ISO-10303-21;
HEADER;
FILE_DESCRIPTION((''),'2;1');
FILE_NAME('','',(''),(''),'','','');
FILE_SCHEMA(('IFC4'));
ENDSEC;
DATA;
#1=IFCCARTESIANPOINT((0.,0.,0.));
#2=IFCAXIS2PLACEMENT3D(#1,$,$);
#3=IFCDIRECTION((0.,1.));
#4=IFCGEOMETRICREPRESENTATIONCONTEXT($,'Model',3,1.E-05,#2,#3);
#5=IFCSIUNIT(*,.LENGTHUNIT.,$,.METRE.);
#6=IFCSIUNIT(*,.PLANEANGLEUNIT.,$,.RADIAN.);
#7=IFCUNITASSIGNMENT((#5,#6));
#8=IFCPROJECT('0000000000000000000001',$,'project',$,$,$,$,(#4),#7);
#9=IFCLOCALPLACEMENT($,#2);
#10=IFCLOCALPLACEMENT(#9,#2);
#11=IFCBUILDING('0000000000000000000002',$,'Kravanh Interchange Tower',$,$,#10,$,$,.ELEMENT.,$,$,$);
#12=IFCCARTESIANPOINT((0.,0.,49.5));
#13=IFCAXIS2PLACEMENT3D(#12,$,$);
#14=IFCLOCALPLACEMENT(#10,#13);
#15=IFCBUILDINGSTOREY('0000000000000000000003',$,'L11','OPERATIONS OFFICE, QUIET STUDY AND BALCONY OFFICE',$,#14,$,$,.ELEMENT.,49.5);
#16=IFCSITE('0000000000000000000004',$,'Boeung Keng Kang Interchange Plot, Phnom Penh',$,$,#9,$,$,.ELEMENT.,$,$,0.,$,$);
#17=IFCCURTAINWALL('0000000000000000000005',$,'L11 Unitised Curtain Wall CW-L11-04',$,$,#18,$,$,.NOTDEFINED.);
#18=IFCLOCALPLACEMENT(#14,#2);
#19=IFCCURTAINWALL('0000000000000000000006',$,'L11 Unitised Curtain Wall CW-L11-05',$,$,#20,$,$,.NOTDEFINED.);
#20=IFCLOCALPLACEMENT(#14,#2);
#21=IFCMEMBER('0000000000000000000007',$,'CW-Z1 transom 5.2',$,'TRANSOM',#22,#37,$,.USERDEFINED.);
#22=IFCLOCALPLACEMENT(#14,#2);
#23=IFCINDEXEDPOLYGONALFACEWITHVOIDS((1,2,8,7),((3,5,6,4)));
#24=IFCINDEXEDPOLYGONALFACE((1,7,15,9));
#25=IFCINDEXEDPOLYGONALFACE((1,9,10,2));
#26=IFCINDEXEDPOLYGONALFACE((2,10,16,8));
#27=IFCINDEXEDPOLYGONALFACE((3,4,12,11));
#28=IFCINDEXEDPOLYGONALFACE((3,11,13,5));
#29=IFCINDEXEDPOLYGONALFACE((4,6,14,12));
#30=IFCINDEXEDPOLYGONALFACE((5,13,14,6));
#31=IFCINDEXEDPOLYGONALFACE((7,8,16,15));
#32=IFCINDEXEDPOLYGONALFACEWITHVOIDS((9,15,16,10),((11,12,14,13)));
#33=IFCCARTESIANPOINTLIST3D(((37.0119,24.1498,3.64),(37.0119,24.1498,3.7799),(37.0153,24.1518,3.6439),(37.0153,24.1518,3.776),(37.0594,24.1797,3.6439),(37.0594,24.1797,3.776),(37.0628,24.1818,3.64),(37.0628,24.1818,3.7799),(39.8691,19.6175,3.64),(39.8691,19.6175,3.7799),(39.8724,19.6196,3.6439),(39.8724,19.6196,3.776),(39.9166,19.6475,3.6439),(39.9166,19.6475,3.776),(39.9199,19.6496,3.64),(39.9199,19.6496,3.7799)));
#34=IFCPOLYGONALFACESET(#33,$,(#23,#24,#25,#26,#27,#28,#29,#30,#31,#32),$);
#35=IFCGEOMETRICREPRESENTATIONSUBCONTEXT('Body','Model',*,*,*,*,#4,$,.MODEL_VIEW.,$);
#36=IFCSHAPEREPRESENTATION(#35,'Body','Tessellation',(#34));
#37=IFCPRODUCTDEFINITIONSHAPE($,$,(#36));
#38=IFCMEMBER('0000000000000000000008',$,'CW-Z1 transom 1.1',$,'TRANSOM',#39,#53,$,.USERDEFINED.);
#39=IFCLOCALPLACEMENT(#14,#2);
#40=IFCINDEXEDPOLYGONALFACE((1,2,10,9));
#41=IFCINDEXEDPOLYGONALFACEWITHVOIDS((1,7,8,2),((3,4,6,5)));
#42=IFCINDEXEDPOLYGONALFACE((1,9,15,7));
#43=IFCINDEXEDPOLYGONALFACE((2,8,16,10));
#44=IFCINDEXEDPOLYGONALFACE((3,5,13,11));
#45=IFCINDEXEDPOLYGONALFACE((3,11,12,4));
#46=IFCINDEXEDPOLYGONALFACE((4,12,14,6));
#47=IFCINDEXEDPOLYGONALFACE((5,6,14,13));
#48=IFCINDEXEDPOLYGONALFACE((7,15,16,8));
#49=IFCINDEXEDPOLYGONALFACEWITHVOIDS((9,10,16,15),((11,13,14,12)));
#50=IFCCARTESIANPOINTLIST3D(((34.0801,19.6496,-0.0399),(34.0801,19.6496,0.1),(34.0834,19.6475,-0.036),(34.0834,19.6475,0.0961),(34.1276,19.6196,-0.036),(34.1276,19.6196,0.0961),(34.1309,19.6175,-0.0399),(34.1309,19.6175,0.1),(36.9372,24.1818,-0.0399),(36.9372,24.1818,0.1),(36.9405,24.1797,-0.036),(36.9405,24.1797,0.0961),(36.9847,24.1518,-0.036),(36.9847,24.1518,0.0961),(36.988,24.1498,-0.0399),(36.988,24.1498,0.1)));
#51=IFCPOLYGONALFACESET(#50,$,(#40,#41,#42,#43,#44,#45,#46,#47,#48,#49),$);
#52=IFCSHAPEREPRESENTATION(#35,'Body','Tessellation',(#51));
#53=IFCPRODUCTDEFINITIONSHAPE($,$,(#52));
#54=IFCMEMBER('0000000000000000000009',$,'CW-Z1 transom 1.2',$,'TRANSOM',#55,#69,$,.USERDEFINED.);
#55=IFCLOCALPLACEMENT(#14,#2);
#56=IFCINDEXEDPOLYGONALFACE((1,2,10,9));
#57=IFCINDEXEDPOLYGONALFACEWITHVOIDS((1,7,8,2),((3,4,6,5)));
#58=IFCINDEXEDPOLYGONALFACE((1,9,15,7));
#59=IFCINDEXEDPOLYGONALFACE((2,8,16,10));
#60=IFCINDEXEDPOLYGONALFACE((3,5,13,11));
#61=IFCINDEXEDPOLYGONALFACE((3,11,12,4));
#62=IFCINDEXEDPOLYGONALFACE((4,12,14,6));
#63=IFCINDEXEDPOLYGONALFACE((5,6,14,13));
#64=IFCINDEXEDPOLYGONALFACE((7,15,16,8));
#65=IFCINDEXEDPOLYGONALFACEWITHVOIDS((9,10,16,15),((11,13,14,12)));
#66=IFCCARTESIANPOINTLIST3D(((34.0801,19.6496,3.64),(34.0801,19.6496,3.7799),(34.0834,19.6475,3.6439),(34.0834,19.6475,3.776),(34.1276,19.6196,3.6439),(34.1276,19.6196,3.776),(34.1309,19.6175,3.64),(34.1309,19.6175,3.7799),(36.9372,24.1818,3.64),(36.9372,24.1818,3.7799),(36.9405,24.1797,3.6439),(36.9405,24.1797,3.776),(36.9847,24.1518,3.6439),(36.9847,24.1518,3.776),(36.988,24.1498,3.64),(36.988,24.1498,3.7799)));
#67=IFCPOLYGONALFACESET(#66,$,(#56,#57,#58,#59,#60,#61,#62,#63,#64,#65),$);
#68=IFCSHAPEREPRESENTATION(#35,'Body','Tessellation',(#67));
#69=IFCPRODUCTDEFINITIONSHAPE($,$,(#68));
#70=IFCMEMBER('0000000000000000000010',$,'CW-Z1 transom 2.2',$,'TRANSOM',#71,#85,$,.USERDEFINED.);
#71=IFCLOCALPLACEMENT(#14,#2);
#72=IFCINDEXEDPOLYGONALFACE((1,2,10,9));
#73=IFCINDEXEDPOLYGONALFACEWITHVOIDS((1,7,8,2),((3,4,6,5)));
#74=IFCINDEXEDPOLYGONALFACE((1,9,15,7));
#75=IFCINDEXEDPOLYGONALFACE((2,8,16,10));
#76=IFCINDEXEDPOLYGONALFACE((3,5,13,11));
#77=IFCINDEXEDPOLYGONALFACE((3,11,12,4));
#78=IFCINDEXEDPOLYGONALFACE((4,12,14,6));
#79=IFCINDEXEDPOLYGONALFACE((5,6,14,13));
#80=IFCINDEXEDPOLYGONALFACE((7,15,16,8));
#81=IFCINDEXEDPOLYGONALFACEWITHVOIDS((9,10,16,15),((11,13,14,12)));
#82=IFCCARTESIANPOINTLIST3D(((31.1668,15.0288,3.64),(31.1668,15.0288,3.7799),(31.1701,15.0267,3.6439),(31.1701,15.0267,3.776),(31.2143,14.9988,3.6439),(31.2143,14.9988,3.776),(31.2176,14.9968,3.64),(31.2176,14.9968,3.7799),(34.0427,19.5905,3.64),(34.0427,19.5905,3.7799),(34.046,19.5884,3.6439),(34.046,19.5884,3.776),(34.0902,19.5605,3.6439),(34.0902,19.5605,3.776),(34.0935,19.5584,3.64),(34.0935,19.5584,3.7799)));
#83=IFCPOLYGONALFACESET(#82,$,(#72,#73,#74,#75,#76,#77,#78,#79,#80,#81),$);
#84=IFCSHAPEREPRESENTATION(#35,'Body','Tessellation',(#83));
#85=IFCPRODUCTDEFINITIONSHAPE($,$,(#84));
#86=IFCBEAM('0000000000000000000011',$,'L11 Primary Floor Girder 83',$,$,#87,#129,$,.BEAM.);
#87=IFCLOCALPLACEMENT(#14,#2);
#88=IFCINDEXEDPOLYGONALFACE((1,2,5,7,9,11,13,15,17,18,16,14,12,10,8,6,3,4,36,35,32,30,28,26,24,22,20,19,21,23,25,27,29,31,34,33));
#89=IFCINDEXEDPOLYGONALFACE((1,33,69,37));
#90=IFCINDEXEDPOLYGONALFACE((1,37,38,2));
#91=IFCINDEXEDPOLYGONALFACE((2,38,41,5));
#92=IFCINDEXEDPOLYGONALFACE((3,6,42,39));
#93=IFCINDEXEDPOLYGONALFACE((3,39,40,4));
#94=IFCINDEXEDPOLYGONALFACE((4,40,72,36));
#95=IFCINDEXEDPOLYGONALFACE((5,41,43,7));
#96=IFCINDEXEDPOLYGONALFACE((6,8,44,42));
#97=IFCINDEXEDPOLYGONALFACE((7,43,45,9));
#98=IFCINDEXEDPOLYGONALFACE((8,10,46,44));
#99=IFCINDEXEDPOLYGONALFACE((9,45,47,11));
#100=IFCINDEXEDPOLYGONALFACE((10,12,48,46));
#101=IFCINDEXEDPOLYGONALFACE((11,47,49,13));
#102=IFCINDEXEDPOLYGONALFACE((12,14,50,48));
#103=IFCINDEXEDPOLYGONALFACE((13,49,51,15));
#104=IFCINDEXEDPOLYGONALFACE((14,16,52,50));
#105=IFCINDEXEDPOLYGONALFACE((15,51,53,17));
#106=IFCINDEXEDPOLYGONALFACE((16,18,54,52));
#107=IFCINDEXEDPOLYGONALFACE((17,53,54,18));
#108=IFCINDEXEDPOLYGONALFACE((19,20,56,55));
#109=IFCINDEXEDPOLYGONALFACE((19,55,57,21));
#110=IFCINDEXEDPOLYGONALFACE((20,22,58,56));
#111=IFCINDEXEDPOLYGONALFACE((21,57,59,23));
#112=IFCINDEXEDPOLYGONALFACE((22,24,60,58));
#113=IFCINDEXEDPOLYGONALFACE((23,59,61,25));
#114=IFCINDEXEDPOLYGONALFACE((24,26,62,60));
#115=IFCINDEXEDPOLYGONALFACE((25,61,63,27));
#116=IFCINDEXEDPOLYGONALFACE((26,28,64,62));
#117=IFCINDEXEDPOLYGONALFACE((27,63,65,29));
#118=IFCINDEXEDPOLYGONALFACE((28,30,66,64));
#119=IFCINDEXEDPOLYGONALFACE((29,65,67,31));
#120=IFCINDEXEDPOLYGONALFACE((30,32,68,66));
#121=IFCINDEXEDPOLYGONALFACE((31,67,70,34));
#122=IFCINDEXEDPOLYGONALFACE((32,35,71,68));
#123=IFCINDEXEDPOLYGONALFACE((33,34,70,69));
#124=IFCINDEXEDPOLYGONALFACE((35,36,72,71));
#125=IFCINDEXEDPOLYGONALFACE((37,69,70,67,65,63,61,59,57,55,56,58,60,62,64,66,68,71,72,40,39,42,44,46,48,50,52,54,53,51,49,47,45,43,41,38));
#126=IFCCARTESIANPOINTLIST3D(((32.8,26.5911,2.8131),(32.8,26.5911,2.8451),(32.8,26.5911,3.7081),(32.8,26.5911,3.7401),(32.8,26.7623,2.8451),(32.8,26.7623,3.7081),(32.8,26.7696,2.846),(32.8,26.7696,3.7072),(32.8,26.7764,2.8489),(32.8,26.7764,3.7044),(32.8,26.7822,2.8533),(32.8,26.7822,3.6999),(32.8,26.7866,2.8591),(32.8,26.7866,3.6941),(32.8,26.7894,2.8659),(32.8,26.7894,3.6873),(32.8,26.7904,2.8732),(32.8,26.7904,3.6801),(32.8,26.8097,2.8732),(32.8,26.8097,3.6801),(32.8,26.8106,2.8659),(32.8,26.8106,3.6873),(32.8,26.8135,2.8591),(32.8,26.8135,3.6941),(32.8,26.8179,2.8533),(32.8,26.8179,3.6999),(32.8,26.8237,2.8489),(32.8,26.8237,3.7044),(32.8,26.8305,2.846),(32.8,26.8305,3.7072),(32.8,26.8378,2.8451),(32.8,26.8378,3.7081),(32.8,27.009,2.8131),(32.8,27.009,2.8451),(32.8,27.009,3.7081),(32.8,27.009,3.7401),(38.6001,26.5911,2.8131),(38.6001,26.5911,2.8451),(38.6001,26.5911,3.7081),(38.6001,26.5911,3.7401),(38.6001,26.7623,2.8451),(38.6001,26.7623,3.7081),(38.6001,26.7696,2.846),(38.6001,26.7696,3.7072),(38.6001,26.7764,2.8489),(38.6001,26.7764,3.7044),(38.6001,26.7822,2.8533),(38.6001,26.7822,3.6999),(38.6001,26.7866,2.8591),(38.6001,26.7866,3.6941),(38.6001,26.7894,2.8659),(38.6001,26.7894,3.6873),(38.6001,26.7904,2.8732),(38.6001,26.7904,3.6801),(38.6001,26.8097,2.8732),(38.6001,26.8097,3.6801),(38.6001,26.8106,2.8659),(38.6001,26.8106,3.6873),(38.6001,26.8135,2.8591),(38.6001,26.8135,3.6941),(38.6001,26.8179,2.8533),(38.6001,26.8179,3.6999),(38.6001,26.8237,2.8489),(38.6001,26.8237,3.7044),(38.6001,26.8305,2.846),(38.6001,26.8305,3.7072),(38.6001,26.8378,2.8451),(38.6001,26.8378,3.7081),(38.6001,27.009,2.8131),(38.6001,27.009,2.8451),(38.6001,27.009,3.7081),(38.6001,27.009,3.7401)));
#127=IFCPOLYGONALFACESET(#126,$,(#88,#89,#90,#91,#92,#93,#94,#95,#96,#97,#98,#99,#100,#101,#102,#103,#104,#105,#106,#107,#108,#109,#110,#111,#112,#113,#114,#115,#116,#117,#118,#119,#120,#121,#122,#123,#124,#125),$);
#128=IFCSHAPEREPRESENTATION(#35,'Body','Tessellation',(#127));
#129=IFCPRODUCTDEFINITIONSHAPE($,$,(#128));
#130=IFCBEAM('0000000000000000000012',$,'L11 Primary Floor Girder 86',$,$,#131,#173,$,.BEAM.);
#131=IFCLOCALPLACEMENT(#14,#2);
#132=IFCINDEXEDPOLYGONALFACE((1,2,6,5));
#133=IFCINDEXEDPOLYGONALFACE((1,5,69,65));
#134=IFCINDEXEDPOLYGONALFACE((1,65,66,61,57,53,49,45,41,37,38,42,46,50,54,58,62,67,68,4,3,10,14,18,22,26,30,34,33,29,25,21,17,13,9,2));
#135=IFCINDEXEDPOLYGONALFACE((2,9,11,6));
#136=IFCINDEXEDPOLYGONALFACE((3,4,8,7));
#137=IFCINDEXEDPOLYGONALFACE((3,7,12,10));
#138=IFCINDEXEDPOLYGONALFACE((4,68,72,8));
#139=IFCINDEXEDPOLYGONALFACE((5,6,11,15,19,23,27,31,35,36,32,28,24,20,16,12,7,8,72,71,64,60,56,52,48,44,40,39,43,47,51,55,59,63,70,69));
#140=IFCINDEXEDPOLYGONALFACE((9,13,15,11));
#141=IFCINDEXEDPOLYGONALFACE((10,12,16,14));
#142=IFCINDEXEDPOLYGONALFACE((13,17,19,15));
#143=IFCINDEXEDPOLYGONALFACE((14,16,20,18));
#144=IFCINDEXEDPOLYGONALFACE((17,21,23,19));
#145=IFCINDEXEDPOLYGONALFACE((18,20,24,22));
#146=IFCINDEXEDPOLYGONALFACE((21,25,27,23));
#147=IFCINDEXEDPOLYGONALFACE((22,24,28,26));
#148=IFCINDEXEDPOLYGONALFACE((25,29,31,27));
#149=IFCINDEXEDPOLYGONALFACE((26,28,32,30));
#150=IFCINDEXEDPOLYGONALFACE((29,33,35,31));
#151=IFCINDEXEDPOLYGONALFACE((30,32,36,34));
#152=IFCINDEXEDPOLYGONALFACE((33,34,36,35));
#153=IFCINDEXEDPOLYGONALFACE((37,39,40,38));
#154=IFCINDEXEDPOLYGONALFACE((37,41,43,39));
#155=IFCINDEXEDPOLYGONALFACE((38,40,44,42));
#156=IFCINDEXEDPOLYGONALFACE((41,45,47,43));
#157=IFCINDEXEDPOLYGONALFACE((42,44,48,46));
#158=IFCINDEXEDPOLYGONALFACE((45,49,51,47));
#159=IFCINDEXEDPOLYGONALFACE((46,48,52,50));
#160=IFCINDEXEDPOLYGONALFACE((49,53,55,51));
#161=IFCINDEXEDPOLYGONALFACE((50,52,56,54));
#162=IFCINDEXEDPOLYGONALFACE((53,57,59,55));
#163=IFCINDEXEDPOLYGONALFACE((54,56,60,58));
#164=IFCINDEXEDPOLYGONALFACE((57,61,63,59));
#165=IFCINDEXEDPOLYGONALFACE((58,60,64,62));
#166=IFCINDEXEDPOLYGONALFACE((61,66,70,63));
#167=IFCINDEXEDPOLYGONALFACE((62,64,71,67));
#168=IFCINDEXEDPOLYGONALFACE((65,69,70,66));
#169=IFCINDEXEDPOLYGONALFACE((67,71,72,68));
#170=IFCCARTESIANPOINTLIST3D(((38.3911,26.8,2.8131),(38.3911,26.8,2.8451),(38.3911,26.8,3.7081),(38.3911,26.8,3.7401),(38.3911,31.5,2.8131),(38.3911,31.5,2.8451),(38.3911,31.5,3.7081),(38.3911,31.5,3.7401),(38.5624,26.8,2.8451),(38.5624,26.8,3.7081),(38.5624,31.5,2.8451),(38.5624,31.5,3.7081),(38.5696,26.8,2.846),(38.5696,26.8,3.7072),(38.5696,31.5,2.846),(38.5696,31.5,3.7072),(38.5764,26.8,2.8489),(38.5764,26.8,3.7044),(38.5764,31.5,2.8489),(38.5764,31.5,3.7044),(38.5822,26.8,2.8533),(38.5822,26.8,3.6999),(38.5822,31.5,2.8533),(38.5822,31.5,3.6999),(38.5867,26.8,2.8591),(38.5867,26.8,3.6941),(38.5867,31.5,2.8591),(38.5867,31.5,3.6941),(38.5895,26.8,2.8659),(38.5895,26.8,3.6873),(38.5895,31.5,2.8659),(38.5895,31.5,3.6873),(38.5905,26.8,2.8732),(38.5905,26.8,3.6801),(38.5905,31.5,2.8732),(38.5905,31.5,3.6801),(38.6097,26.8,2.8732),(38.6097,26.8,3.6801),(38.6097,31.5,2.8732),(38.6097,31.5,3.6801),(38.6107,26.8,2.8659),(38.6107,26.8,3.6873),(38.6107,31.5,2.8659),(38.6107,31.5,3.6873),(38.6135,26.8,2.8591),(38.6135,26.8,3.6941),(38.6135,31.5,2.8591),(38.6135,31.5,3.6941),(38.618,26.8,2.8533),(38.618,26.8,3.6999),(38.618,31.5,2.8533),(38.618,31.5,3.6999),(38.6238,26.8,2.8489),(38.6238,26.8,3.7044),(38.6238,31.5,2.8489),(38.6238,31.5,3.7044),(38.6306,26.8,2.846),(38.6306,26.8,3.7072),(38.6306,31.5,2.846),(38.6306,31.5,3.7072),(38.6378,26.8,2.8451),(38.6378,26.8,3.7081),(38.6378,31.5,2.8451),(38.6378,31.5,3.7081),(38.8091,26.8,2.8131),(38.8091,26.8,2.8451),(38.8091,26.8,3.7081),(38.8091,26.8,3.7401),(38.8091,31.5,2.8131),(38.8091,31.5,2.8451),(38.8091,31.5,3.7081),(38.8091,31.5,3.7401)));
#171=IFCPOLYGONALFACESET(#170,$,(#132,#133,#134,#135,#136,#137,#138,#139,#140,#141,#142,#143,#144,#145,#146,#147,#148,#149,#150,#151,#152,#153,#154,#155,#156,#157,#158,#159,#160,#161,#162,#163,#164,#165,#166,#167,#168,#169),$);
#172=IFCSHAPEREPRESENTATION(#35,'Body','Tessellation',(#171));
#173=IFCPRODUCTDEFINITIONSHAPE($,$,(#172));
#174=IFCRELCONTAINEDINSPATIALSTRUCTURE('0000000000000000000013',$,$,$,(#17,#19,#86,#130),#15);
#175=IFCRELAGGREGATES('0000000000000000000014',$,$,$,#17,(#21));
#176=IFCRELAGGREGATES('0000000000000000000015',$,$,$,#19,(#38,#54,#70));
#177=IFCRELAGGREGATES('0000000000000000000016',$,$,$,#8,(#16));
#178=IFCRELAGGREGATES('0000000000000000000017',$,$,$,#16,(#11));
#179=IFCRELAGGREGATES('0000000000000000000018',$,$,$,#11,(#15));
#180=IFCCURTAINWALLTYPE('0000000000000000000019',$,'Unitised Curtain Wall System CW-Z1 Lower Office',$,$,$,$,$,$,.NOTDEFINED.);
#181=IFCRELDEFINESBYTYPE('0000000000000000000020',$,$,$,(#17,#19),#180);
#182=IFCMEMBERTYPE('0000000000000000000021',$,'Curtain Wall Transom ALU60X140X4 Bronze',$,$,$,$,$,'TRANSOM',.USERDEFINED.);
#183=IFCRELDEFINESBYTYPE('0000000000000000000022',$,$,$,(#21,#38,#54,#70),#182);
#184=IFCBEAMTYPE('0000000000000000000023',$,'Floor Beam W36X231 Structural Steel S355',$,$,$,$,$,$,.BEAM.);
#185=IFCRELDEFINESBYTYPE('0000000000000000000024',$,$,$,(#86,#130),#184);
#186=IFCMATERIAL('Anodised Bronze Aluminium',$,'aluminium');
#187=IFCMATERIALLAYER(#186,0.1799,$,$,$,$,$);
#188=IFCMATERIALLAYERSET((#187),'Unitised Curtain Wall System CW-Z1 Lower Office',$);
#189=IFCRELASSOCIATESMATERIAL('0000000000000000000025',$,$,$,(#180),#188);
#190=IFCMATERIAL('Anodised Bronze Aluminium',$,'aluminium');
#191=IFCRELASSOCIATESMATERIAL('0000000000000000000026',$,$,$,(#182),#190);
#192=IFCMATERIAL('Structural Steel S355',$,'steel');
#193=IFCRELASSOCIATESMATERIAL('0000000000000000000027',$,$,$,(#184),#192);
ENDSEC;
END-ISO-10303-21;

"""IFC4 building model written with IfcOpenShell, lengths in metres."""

from ifc_helpers import new_model, si_unit, direction, frame, origin, origin_2d, place, context, subcontext, project, spatial, hollow_rectangle, i_section, extrude, material, layer, layer_set, material_profile, profile_set, type_object, element, aggregate, save


model = new_model("IFC4")

# Units and contexts
model_context = context("Model", 3, precision=1e-05, world=origin(), true_north=direction((0.0, 1.0)))
body_context = subcontext(model_context, "Body", "Model", "MODEL_VIEW")
ifc_project = project(units=[si_unit("LENGTHUNIT", "METRE"), si_unit("PLANEANGLEUNIT", "RADIAN")], contexts=[model_context])

# Site, building, storey
site_placement = place(None, origin())
site = spatial("IfcSite", under=ifc_project, at=site_placement, Name="Boeung Keng Kang Interchange Plot, Phnom Penh", CompositionType="ELEMENT", RefElevation=0.0)
building_placement = place(site_placement, origin())
building = spatial("IfcBuilding", under=site, at=building_placement, Name="Kravanh Interchange Tower", CompositionType="ELEMENT")
storey_placement = place(building_placement, frame((0.0, 0.0, 49.5)))
storey = spatial("IfcBuildingStorey", under=building, at=storey_placement, Name="L11", Description="OPERATIONS OFFICE, QUIET STUDY AND BALCONY OFFICE", CompositionType="ELEMENT", Elevation=49.5)

# Curtain walls
ifc_material_1 = material(Name="Anodised Bronze Aluminium", Category="aluminium")
ifc_layer_1 = layer(ifc_material_1, 0.1799)
ifc_layer_set_1 = layer_set([ifc_layer_1], Name="Unitised Curtain Wall System CW-Z1 Lower Office")
curtain_wall_type = type_object("IfcCurtainWallType", Name="Unitised Curtain Wall System CW-Z1 Lower Office", PredefinedType="NOTDEFINED", material=ifc_layer_set_1)
curtain_wall_1_placement = place(storey_placement, origin())
curtain_wall_1 = element("IfcCurtainWall", 1, at=curtain_wall_1_placement, inside=storey, type_object=curtain_wall_type, Name="L11 Unitised Curtain Wall CW-L11-04", PredefinedType="NOTDEFINED")
curtain_wall_2_placement = place(storey_placement, origin())
curtain_wall_2 = element("IfcCurtainWall", 2, at=curtain_wall_2_placement, inside=storey, type_object=curtain_wall_type, Name="L11 Unitised Curtain Wall CW-L11-05", PredefinedType="NOTDEFINED")

# Members
ifc_material_2 = material(Name="Anodised Bronze Aluminium", Category="aluminium")
ifc_material_profile_1 = material_profile(ifc_material_2, hollow_rectangle(XDim=0.0601, YDim=0.1399, WallThickness=0.0039, at=origin_2d()), Name="ALU60X140X4")
ifc_profile_set_1 = profile_set([ifc_material_profile_1], Name="Anodised Bronze Aluminium")
member_type_1 = type_object("IfcMemberType", Name="Curtain Wall Transom ALU60X140X4 Bronze", ElementType="TRANSOM", PredefinedType="USERDEFINED", material=ifc_profile_set_1)
member_1_placement = place(storey_placement, frame((39.8945, 19.6335, 3.71), z_axis=(-0.533288, 0.845934, 0.0), x_axis=(-0.845934, -0.533288, 0.0)))
member_1 = element("IfcMember", 3, at=member_1_placement, type_object=member_type_1, Name="CW-Z1 transom 5.2", ObjectType="TRANSOM", PredefinedType="USERDEFINED", context=body_context, shape_type="SweptSolid", body=[
    extrude(hollow_rectangle(XDim=0.0601, YDim=0.1399, WallThickness=0.0039, at=origin_2d()), origin(), (0.0, 0.0, 1.0), 5.3577),
])
member_2_placement = place(storey_placement, frame((36.9626, 24.1658, 0.03), z_axis=(-0.533288, -0.845934, 0.0), x_axis=(0.845934, -0.533288, 0.0)))
member_2 = element("IfcMember", 4, at=member_2_placement, type_object=member_type_1, Name="CW-Z1 transom 1.1", ObjectType="TRANSOM", PredefinedType="USERDEFINED", context=body_context, shape_type="SweptSolid", body=[
    extrude(hollow_rectangle(XDim=0.0601, YDim=0.1399, WallThickness=0.0039, at=origin_2d()), origin(), (0.0, 0.0, 1.0), 5.3577),
])
member_3_placement = place(storey_placement, frame((36.9626, 24.1658, 3.71), z_axis=(-0.533288, -0.845934, 0.0), x_axis=(0.845934, -0.533288, 0.0)))
member_3 = element("IfcMember", 5, at=member_3_placement, type_object=member_type_1, Name="CW-Z1 transom 1.2", ObjectType="TRANSOM", PredefinedType="USERDEFINED", context=body_context, shape_type="SweptSolid", body=[
    extrude(hollow_rectangle(XDim=0.0601, YDim=0.1399, WallThickness=0.0039, at=origin_2d()), origin(), (0.0, 0.0, 1.0), 5.3577),
])
member_4_placement = place(storey_placement, frame((34.0681, 19.5745, 3.71), z_axis=(-0.533311, -0.845919, 0.0), x_axis=(0.845919, -0.533311, 0.0)))
member_4 = element("IfcMember", 6, at=member_4_placement, type_object=member_type_1, Name="CW-Z1 transom 2.2", ObjectType="TRANSOM", PredefinedType="USERDEFINED", context=body_context, shape_type="SweptSolid", body=[
    extrude(hollow_rectangle(XDim=0.0601, YDim=0.1399, WallThickness=0.0039, at=origin_2d()), origin(), (0.0, 0.0, 1.0), 5.3926),
])

# Beams
ifc_material_3 = material(Name="Structural Steel S355", Category="steel")
ifc_material_profile_2 = material_profile(ifc_material_3, i_section(OverallWidth=0.418, OverallDepth=0.927, WebThickness=0.0193, FlangeThickness=0.032, FilletRadius=0.0281, at=origin_2d()), Name="W36X231")
ifc_profile_set_2 = profile_set([ifc_material_profile_2], Name="Structural Steel S355")
beam_type_1 = type_object("IfcBeamType", Name="Floor Beam W36X231 Structural Steel S355", PredefinedType="BEAM", material=ifc_profile_set_2)
beam_1_placement = place(storey_placement, frame((32.8, 26.8, 3.2766), z_axis=(1.0, 0.0, 0.0), x_axis=(0.0, 1.0, 0.0)))
element("IfcBeam", 7, at=beam_1_placement, inside=storey, type_object=beam_type_1, Name="L11 Primary Floor Girder 83", PredefinedType="BEAM", context=body_context, shape_type="SweptSolid", body=[
    extrude(i_section(OverallWidth=0.418, OverallDepth=0.927, WebThickness=0.0193, FlangeThickness=0.032, FilletRadius=0.0281, at=origin_2d()), origin(), (0.0, 0.0, 1.0), 5.8),
])
beam_2_placement = place(storey_placement, frame((38.6001, 26.8, 3.2766), z_axis=(0.0, 1.0, 0.0), x_axis=(-1.0, 0.0, 0.0)))
element("IfcBeam", 8, at=beam_2_placement, inside=storey, type_object=beam_type_1, Name="L11 Primary Floor Girder 86", PredefinedType="BEAM", context=body_context, shape_type="SweptSolid", body=[
    extrude(i_section(OverallWidth=0.418, OverallDepth=0.927, WebThickness=0.0193, FlangeThickness=0.032, FilletRadius=0.0281, at=origin_2d()), origin(), (0.0, 0.0, 1.0), 4.7),
])

aggregate(curtain_wall_1, [member_1])
aggregate(curtain_wall_2, [member_2, member_3, member_4])

save(model, "model.ifc")
